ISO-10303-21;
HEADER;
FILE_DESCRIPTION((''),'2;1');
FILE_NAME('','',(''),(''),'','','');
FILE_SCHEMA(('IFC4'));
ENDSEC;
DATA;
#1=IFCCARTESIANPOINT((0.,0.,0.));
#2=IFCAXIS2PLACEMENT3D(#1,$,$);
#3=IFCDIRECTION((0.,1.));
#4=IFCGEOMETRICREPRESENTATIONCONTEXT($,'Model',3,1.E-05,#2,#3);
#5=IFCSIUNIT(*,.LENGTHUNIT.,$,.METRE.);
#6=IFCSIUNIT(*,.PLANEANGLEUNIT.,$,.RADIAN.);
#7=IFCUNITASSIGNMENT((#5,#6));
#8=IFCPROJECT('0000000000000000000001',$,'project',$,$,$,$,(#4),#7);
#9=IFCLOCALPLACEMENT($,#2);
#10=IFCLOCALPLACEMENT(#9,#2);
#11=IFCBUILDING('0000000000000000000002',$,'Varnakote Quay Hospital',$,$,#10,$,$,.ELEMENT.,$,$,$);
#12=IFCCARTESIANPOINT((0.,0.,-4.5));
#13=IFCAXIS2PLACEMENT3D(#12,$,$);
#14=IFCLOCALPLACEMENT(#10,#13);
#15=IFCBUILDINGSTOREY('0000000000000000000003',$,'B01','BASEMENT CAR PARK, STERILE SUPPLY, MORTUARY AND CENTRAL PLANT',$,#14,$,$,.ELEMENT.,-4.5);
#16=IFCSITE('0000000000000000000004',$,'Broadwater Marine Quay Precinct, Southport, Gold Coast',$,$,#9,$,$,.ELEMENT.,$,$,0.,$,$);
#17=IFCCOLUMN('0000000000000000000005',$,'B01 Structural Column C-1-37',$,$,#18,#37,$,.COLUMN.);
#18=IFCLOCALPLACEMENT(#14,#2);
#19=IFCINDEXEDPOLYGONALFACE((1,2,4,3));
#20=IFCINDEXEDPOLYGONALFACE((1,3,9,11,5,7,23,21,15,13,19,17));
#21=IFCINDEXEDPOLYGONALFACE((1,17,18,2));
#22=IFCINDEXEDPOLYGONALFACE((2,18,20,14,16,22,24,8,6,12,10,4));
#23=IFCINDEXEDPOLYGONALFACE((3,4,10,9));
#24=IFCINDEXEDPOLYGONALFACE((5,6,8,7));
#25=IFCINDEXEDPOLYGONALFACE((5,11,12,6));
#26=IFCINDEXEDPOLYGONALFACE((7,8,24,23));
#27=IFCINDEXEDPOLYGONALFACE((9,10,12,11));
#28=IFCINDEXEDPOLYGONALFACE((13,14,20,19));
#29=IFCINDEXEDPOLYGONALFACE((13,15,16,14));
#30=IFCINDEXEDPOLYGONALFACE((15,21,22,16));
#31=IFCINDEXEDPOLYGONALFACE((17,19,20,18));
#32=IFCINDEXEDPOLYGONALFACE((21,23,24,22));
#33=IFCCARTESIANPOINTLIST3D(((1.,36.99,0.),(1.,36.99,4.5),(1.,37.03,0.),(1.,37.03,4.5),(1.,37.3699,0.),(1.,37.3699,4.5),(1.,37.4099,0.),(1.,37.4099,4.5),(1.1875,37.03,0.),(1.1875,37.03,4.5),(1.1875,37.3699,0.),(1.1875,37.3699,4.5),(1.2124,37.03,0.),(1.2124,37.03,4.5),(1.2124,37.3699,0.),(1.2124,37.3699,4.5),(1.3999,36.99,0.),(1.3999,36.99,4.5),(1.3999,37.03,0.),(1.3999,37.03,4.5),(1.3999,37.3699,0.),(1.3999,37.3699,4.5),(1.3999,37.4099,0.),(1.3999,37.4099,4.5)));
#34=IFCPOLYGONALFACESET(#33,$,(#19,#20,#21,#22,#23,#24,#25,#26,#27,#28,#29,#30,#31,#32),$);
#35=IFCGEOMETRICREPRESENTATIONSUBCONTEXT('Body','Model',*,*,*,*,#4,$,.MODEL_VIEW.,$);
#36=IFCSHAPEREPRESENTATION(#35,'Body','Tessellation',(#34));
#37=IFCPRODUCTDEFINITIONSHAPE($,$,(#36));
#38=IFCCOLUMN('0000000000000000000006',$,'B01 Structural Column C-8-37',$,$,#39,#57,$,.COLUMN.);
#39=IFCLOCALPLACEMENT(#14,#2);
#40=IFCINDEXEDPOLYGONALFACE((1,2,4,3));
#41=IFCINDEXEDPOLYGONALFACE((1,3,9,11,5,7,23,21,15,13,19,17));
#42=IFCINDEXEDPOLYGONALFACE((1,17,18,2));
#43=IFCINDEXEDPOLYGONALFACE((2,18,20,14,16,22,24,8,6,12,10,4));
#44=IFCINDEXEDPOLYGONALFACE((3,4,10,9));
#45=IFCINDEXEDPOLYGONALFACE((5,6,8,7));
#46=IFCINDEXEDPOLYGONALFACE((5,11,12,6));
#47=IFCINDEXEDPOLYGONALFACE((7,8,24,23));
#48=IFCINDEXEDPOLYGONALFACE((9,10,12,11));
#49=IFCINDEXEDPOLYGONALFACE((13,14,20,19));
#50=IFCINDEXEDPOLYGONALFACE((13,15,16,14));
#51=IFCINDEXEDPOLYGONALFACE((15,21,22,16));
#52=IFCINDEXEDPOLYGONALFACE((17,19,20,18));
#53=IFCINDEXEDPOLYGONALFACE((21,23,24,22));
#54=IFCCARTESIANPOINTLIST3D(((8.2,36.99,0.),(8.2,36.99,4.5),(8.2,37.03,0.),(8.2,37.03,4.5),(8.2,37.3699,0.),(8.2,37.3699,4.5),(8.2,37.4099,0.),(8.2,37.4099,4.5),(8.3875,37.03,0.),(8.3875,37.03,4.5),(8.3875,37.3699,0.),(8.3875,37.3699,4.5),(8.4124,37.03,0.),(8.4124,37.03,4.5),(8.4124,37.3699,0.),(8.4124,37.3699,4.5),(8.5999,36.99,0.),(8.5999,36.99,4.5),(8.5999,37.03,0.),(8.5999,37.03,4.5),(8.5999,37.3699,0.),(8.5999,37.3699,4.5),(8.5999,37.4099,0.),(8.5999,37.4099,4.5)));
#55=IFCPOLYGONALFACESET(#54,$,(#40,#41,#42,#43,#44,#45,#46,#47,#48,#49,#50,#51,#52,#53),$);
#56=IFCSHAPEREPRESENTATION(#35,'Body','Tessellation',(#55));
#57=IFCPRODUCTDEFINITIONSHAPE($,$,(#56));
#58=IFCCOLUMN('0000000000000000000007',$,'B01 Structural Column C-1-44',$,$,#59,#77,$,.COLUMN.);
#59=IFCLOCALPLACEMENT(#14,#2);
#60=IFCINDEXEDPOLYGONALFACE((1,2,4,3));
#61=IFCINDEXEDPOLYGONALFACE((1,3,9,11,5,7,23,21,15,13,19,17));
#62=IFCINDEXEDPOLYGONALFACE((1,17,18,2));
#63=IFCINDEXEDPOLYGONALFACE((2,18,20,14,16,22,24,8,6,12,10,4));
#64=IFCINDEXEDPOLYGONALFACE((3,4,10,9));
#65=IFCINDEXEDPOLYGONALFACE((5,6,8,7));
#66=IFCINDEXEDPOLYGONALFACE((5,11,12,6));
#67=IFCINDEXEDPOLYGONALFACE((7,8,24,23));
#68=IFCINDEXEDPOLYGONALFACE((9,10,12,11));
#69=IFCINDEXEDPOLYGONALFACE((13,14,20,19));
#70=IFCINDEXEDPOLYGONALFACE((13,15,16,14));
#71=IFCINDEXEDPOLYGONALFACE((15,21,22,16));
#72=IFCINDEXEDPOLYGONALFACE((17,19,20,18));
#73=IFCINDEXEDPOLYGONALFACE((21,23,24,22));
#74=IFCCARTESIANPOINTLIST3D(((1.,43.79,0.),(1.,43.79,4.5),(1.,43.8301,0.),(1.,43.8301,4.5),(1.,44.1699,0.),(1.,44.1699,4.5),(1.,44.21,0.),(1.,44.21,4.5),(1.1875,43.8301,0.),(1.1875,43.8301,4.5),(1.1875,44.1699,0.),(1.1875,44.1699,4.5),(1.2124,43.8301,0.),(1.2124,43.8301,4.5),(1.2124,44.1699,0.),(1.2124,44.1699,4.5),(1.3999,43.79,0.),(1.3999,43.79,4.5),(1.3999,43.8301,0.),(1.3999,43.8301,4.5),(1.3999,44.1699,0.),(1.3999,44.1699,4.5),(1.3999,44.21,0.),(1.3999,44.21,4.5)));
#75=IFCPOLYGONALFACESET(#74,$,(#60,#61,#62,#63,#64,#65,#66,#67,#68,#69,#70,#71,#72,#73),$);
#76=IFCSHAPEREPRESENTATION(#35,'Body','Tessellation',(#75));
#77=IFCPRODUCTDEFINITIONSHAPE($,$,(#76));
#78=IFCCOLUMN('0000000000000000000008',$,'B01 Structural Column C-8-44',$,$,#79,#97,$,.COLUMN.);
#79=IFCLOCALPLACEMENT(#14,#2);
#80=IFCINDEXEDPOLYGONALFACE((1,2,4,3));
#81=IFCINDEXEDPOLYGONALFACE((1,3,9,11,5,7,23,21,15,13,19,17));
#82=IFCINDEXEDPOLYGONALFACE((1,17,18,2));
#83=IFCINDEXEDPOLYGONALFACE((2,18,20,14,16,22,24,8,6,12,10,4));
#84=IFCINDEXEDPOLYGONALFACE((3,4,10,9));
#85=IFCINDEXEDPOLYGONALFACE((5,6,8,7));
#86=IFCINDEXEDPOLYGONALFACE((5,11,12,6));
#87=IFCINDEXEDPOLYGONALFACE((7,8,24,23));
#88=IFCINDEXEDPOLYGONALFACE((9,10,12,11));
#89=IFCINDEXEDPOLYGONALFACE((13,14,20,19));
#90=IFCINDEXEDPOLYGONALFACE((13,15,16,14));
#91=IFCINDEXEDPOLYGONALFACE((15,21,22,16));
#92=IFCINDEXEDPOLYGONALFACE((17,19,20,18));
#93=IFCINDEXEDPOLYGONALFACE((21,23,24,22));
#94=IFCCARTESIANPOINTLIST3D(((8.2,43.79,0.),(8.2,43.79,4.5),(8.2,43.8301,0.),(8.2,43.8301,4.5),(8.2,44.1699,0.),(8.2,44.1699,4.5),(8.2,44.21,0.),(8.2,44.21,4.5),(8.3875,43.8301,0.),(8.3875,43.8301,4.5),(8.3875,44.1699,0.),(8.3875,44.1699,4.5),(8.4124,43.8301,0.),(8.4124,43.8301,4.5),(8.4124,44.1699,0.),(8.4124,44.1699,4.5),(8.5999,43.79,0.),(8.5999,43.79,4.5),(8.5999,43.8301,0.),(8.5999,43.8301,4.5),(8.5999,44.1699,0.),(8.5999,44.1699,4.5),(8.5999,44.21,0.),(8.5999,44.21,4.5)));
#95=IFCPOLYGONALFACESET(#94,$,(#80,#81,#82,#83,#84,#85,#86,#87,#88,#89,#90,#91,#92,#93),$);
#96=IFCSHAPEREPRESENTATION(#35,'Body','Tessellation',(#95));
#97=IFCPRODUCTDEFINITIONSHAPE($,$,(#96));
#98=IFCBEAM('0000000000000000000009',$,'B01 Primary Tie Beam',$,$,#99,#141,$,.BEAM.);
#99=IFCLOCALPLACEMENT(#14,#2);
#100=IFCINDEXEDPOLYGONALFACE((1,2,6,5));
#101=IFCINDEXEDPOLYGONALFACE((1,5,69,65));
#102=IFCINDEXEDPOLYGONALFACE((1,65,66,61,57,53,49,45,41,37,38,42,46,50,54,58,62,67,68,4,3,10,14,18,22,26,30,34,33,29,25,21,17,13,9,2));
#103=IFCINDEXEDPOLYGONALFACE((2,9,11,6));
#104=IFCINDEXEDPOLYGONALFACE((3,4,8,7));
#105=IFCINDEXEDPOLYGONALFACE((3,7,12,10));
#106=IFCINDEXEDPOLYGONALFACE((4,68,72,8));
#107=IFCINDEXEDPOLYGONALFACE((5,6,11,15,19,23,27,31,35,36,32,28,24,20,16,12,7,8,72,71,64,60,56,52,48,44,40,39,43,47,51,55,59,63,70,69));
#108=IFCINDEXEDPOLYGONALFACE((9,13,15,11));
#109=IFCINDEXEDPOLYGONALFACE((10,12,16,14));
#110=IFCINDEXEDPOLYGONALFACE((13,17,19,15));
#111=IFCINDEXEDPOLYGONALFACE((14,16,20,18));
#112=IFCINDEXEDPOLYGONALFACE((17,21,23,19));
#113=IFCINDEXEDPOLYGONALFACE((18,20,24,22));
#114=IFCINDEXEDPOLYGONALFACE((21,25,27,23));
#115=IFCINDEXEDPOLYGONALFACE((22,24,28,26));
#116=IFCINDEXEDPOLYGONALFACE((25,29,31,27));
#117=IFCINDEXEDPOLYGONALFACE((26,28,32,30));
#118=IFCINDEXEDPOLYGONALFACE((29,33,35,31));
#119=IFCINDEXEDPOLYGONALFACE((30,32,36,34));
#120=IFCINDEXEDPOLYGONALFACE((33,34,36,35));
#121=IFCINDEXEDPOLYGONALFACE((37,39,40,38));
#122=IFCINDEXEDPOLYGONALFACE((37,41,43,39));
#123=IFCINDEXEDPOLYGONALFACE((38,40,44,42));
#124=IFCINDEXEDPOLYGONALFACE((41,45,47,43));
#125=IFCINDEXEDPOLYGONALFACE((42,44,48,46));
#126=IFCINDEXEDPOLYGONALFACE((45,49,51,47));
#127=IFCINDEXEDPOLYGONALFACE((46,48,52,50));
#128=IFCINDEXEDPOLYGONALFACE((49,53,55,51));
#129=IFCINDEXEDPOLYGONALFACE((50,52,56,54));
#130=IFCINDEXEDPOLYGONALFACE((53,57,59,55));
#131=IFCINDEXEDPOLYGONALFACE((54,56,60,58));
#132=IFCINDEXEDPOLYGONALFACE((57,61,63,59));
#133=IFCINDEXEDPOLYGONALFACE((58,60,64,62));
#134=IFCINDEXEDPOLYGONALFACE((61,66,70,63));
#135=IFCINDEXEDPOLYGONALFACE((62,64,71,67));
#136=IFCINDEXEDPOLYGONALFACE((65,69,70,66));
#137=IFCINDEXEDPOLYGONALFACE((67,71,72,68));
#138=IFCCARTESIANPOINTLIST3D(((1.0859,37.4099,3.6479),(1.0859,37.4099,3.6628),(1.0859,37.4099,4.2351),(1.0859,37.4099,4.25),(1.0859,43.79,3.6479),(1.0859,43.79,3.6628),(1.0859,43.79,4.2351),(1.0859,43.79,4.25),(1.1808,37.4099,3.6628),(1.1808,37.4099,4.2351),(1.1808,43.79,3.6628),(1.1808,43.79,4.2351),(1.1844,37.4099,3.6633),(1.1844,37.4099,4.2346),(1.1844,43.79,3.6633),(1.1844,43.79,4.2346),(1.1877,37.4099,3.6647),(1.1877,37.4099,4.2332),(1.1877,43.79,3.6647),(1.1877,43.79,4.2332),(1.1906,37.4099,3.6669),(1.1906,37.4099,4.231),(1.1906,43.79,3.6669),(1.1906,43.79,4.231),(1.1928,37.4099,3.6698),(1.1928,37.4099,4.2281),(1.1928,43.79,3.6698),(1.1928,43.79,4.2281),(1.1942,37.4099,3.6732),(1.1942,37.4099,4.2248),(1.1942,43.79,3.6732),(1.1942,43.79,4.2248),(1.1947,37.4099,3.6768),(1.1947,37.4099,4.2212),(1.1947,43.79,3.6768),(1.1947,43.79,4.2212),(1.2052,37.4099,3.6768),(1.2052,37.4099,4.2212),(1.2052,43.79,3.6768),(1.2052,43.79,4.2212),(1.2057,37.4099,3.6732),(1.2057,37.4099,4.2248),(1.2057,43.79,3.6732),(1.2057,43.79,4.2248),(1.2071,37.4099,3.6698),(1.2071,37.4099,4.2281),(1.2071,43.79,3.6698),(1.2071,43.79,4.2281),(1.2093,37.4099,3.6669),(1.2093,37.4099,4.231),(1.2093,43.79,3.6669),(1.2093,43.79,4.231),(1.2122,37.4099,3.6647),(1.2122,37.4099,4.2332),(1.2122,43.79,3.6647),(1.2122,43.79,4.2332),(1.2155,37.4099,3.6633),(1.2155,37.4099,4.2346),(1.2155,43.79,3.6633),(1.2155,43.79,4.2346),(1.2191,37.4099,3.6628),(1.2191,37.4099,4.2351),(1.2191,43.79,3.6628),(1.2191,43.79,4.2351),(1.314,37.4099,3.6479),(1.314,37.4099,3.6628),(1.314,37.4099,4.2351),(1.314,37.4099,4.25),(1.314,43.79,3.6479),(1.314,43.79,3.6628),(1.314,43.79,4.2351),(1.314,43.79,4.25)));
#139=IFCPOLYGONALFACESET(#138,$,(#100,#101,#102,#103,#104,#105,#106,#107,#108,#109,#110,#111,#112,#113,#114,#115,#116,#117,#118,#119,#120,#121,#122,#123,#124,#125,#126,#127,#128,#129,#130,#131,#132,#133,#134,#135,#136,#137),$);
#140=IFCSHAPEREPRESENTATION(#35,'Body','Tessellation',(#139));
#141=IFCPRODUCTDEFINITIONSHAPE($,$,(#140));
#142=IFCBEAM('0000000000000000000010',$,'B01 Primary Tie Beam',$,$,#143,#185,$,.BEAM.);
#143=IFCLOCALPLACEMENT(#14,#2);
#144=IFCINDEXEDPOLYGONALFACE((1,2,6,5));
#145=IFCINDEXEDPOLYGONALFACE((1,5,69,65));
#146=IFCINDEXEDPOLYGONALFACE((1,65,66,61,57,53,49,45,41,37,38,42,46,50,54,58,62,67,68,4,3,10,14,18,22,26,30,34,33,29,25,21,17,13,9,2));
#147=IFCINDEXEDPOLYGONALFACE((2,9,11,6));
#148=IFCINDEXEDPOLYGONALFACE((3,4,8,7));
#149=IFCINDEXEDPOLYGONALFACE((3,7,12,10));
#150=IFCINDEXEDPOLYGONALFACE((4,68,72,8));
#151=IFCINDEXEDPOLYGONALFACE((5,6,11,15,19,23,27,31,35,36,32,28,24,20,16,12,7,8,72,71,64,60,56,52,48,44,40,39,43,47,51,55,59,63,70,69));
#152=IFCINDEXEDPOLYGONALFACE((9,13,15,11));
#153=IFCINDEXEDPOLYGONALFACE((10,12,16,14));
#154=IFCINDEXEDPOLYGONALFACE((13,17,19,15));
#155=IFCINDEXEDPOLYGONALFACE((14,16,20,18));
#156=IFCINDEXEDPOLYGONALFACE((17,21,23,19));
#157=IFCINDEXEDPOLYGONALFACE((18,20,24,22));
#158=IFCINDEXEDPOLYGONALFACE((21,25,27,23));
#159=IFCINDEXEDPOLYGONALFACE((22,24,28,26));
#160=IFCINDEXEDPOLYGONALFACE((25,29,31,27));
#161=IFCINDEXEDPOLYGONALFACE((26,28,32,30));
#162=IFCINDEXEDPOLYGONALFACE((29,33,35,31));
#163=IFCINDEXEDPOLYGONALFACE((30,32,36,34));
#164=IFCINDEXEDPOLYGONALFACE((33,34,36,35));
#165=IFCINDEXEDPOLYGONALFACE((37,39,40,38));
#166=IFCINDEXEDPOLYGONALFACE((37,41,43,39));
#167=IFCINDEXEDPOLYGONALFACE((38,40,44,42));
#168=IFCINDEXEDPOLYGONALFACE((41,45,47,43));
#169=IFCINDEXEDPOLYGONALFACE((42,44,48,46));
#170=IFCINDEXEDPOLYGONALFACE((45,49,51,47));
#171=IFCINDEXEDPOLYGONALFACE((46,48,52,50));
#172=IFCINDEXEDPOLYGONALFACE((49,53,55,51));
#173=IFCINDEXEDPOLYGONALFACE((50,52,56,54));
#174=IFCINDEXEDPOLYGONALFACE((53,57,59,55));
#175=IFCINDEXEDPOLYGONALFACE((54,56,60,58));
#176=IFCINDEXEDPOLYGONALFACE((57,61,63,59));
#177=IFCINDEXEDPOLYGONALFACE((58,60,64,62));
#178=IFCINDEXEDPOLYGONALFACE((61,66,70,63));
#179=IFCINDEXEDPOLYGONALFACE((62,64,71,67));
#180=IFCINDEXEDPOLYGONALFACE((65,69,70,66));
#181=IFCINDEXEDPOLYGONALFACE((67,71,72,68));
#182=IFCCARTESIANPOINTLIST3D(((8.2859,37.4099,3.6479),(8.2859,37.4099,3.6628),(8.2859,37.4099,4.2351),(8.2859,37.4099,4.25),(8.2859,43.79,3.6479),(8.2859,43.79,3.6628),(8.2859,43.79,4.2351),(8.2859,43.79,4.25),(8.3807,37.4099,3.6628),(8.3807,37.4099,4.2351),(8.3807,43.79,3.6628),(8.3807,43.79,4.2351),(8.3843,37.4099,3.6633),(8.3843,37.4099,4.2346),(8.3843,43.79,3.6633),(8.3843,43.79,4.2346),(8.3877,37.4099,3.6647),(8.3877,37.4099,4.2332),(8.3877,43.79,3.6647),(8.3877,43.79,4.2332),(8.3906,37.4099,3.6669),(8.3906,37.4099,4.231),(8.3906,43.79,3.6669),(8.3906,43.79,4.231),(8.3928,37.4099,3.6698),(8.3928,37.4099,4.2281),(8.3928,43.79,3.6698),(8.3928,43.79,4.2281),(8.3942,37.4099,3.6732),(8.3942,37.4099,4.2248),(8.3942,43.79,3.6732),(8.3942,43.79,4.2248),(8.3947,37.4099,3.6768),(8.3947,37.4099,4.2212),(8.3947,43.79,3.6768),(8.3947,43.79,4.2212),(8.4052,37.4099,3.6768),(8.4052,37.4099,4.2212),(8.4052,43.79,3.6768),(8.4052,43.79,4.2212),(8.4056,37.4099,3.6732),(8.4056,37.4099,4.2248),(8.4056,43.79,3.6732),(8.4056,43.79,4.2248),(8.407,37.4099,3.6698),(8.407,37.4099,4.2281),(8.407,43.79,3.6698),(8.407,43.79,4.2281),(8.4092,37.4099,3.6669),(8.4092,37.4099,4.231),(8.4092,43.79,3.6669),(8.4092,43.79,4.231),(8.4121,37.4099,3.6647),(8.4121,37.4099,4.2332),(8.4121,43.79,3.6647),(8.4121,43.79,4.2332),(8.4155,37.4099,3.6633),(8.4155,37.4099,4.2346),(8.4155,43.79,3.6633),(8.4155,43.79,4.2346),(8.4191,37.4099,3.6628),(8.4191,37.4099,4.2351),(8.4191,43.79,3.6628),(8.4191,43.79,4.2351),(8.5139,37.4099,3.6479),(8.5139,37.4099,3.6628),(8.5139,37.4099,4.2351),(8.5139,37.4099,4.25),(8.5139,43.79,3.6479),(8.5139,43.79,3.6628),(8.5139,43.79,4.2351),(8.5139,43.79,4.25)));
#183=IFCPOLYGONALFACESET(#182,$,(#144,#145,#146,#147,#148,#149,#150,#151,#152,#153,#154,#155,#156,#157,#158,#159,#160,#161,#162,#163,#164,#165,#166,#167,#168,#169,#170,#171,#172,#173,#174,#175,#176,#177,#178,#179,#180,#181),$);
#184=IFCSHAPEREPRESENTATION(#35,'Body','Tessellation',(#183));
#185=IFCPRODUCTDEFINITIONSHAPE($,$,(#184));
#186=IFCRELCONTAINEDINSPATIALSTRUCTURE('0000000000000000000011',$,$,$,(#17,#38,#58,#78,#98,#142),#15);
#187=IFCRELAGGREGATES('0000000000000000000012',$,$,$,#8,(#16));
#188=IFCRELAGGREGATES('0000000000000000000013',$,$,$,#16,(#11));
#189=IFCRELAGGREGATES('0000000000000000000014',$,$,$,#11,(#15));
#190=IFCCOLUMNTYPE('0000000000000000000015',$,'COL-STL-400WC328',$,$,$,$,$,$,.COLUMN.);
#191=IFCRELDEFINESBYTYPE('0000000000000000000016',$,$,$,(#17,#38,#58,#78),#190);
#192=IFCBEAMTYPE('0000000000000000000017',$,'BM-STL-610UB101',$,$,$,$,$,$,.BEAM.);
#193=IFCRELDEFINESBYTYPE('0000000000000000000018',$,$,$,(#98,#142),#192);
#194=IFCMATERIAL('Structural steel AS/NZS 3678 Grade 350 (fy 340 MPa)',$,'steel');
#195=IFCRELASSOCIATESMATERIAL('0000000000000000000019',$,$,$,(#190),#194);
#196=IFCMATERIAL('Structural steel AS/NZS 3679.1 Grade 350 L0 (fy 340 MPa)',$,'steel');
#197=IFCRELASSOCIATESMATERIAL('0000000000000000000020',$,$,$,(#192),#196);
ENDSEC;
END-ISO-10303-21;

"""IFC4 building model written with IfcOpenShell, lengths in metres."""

from ifc_helpers import new_model, si_unit, direction, frame, origin, origin_2d, place, context, subcontext, project, spatial, i_section, extrude, material, material_profile, profile_set, type_object, element, save


model = new_model("IFC4")

# Units and contexts
model_context = context("Model", 3, precision=1e-05, world=origin(), true_north=direction((0.0, 1.0)))
body_context = subcontext(model_context, "Body", "Model", "MODEL_VIEW")
ifc_project = project(units=[si_unit("LENGTHUNIT", "METRE"), si_unit("PLANEANGLEUNIT", "RADIAN")], contexts=[model_context])

# Site, building, storey
site_placement = place(None, origin())
site = spatial("IfcSite", under=ifc_project, at=site_placement, Name="Broadwater Marine Quay Precinct, Southport, Gold Coast", CompositionType="ELEMENT", RefElevation=0.0)
building_placement = place(site_placement, origin())
building = spatial("IfcBuilding", under=site, at=building_placement, Name="Varnakote Quay Hospital", CompositionType="ELEMENT")
storey_placement = place(building_placement, frame((0.0, 0.0, -4.5)))
storey = spatial("IfcBuildingStorey", under=building, at=storey_placement, Name="B01", Description="BASEMENT CAR PARK, STERILE SUPPLY, MORTUARY AND CENTRAL PLANT", CompositionType="ELEMENT", Elevation=-4.5)

# Columns
ifc_material_1 = material(Name="Structural steel AS/NZS 3678 Grade 350 (fy 340 MPa)", Category="steel")
ifc_material_profile_1 = material_profile(ifc_material_1, i_section(OverallWidth=0.3999, OverallDepth=0.4199, WebThickness=0.0249, FlangeThickness=0.04, at=origin_2d()), Name="400WC328")
ifc_profile_set_1 = profile_set([ifc_material_profile_1], Name="Structural steel AS/NZS 3678 Grade 350 (fy 340 MPa)")
column_type = type_object("IfcColumnType", Name="COL-STL-400WC328", PredefinedType="COLUMN", material=ifc_profile_set_1)
for number, where, z_axis, x_axis, name in (
    (1, (1.2, 37.2, 0.0), (0.0, 0.0, 1.0), (1.0, 0.0, 0.0), "B01 Structural Column C-1-37"),
    (2, (8.3999, 37.2, 0.0), (0.0, 0.0, 1.0), (1.0, 0.0, 0.0), "B01 Structural Column C-8-37"),
    (3, (1.2, 44.0, 0.0), (0.0, 0.0, 1.0), (1.0, 0.0, 0.0), "B01 Structural Column C-1-44"),
    (4, (8.3999, 44.0, 0.0), (0.0, 0.0, 1.0), (1.0, 0.0, 0.0), "B01 Structural Column C-8-44"),
):
    element("IfcColumn", number, at=place(storey_placement, frame(where, z_axis=z_axis, x_axis=x_axis)), inside=storey, type_object=column_type, Name=name, PredefinedType="COLUMN", context=body_context, shape_type="SweptSolid", body=[
        extrude(i_section(OverallWidth=0.3999, OverallDepth=0.4199, WebThickness=0.0249, FlangeThickness=0.04, at=origin_2d()), origin(), (0.0, 0.0, 1.0), 4.5),
    ])

# Beams
ifc_material_2 = material(Name="Structural steel AS/NZS 3679.1 Grade 350 L0 (fy 340 MPa)", Category="steel")
ifc_material_profile_2 = material_profile(ifc_material_2, i_section(OverallWidth=0.228, OverallDepth=0.6021, WebThickness=0.0105, FlangeThickness=0.0149, FilletRadius=0.0139, at=origin_2d()), Name="610UB101")
ifc_profile_set_2 = profile_set([ifc_material_profile_2], Name="Structural steel AS/NZS 3679.1 Grade 350 L0 (fy 340 MPa)")
beam_type_1 = type_object("IfcBeamType", Name="BM-STL-610UB101", PredefinedType="BEAM", material=ifc_profile_set_2)
for number, where, z_axis, x_axis, name in (
    (5, (1.2, 37.4099, 3.949), (0.0, 1.0, 0.0), (-1.0, 0.0, 0.0), "B01 Primary Tie Beam"),
    (6, (8.3999, 37.4099, 3.949), (0.0, 1.0, 0.0), (-1.0, 0.0, 0.0), "B01 Primary Tie Beam"),
):
    element("IfcBeam", number, at=place(storey_placement, frame(where, z_axis=z_axis, x_axis=x_axis)), inside=storey, type_object=beam_type_1, Name=name, PredefinedType="BEAM", context=body_context, shape_type="SweptSolid", body=[
        extrude(i_section(OverallWidth=0.228, OverallDepth=0.6021, WebThickness=0.0105, FlangeThickness=0.0149, FilletRadius=0.0139, at=origin_2d()), origin(), (0.0, 0.0, 1.0), 6.3801),
    ])

save(model, "model.ifc")
